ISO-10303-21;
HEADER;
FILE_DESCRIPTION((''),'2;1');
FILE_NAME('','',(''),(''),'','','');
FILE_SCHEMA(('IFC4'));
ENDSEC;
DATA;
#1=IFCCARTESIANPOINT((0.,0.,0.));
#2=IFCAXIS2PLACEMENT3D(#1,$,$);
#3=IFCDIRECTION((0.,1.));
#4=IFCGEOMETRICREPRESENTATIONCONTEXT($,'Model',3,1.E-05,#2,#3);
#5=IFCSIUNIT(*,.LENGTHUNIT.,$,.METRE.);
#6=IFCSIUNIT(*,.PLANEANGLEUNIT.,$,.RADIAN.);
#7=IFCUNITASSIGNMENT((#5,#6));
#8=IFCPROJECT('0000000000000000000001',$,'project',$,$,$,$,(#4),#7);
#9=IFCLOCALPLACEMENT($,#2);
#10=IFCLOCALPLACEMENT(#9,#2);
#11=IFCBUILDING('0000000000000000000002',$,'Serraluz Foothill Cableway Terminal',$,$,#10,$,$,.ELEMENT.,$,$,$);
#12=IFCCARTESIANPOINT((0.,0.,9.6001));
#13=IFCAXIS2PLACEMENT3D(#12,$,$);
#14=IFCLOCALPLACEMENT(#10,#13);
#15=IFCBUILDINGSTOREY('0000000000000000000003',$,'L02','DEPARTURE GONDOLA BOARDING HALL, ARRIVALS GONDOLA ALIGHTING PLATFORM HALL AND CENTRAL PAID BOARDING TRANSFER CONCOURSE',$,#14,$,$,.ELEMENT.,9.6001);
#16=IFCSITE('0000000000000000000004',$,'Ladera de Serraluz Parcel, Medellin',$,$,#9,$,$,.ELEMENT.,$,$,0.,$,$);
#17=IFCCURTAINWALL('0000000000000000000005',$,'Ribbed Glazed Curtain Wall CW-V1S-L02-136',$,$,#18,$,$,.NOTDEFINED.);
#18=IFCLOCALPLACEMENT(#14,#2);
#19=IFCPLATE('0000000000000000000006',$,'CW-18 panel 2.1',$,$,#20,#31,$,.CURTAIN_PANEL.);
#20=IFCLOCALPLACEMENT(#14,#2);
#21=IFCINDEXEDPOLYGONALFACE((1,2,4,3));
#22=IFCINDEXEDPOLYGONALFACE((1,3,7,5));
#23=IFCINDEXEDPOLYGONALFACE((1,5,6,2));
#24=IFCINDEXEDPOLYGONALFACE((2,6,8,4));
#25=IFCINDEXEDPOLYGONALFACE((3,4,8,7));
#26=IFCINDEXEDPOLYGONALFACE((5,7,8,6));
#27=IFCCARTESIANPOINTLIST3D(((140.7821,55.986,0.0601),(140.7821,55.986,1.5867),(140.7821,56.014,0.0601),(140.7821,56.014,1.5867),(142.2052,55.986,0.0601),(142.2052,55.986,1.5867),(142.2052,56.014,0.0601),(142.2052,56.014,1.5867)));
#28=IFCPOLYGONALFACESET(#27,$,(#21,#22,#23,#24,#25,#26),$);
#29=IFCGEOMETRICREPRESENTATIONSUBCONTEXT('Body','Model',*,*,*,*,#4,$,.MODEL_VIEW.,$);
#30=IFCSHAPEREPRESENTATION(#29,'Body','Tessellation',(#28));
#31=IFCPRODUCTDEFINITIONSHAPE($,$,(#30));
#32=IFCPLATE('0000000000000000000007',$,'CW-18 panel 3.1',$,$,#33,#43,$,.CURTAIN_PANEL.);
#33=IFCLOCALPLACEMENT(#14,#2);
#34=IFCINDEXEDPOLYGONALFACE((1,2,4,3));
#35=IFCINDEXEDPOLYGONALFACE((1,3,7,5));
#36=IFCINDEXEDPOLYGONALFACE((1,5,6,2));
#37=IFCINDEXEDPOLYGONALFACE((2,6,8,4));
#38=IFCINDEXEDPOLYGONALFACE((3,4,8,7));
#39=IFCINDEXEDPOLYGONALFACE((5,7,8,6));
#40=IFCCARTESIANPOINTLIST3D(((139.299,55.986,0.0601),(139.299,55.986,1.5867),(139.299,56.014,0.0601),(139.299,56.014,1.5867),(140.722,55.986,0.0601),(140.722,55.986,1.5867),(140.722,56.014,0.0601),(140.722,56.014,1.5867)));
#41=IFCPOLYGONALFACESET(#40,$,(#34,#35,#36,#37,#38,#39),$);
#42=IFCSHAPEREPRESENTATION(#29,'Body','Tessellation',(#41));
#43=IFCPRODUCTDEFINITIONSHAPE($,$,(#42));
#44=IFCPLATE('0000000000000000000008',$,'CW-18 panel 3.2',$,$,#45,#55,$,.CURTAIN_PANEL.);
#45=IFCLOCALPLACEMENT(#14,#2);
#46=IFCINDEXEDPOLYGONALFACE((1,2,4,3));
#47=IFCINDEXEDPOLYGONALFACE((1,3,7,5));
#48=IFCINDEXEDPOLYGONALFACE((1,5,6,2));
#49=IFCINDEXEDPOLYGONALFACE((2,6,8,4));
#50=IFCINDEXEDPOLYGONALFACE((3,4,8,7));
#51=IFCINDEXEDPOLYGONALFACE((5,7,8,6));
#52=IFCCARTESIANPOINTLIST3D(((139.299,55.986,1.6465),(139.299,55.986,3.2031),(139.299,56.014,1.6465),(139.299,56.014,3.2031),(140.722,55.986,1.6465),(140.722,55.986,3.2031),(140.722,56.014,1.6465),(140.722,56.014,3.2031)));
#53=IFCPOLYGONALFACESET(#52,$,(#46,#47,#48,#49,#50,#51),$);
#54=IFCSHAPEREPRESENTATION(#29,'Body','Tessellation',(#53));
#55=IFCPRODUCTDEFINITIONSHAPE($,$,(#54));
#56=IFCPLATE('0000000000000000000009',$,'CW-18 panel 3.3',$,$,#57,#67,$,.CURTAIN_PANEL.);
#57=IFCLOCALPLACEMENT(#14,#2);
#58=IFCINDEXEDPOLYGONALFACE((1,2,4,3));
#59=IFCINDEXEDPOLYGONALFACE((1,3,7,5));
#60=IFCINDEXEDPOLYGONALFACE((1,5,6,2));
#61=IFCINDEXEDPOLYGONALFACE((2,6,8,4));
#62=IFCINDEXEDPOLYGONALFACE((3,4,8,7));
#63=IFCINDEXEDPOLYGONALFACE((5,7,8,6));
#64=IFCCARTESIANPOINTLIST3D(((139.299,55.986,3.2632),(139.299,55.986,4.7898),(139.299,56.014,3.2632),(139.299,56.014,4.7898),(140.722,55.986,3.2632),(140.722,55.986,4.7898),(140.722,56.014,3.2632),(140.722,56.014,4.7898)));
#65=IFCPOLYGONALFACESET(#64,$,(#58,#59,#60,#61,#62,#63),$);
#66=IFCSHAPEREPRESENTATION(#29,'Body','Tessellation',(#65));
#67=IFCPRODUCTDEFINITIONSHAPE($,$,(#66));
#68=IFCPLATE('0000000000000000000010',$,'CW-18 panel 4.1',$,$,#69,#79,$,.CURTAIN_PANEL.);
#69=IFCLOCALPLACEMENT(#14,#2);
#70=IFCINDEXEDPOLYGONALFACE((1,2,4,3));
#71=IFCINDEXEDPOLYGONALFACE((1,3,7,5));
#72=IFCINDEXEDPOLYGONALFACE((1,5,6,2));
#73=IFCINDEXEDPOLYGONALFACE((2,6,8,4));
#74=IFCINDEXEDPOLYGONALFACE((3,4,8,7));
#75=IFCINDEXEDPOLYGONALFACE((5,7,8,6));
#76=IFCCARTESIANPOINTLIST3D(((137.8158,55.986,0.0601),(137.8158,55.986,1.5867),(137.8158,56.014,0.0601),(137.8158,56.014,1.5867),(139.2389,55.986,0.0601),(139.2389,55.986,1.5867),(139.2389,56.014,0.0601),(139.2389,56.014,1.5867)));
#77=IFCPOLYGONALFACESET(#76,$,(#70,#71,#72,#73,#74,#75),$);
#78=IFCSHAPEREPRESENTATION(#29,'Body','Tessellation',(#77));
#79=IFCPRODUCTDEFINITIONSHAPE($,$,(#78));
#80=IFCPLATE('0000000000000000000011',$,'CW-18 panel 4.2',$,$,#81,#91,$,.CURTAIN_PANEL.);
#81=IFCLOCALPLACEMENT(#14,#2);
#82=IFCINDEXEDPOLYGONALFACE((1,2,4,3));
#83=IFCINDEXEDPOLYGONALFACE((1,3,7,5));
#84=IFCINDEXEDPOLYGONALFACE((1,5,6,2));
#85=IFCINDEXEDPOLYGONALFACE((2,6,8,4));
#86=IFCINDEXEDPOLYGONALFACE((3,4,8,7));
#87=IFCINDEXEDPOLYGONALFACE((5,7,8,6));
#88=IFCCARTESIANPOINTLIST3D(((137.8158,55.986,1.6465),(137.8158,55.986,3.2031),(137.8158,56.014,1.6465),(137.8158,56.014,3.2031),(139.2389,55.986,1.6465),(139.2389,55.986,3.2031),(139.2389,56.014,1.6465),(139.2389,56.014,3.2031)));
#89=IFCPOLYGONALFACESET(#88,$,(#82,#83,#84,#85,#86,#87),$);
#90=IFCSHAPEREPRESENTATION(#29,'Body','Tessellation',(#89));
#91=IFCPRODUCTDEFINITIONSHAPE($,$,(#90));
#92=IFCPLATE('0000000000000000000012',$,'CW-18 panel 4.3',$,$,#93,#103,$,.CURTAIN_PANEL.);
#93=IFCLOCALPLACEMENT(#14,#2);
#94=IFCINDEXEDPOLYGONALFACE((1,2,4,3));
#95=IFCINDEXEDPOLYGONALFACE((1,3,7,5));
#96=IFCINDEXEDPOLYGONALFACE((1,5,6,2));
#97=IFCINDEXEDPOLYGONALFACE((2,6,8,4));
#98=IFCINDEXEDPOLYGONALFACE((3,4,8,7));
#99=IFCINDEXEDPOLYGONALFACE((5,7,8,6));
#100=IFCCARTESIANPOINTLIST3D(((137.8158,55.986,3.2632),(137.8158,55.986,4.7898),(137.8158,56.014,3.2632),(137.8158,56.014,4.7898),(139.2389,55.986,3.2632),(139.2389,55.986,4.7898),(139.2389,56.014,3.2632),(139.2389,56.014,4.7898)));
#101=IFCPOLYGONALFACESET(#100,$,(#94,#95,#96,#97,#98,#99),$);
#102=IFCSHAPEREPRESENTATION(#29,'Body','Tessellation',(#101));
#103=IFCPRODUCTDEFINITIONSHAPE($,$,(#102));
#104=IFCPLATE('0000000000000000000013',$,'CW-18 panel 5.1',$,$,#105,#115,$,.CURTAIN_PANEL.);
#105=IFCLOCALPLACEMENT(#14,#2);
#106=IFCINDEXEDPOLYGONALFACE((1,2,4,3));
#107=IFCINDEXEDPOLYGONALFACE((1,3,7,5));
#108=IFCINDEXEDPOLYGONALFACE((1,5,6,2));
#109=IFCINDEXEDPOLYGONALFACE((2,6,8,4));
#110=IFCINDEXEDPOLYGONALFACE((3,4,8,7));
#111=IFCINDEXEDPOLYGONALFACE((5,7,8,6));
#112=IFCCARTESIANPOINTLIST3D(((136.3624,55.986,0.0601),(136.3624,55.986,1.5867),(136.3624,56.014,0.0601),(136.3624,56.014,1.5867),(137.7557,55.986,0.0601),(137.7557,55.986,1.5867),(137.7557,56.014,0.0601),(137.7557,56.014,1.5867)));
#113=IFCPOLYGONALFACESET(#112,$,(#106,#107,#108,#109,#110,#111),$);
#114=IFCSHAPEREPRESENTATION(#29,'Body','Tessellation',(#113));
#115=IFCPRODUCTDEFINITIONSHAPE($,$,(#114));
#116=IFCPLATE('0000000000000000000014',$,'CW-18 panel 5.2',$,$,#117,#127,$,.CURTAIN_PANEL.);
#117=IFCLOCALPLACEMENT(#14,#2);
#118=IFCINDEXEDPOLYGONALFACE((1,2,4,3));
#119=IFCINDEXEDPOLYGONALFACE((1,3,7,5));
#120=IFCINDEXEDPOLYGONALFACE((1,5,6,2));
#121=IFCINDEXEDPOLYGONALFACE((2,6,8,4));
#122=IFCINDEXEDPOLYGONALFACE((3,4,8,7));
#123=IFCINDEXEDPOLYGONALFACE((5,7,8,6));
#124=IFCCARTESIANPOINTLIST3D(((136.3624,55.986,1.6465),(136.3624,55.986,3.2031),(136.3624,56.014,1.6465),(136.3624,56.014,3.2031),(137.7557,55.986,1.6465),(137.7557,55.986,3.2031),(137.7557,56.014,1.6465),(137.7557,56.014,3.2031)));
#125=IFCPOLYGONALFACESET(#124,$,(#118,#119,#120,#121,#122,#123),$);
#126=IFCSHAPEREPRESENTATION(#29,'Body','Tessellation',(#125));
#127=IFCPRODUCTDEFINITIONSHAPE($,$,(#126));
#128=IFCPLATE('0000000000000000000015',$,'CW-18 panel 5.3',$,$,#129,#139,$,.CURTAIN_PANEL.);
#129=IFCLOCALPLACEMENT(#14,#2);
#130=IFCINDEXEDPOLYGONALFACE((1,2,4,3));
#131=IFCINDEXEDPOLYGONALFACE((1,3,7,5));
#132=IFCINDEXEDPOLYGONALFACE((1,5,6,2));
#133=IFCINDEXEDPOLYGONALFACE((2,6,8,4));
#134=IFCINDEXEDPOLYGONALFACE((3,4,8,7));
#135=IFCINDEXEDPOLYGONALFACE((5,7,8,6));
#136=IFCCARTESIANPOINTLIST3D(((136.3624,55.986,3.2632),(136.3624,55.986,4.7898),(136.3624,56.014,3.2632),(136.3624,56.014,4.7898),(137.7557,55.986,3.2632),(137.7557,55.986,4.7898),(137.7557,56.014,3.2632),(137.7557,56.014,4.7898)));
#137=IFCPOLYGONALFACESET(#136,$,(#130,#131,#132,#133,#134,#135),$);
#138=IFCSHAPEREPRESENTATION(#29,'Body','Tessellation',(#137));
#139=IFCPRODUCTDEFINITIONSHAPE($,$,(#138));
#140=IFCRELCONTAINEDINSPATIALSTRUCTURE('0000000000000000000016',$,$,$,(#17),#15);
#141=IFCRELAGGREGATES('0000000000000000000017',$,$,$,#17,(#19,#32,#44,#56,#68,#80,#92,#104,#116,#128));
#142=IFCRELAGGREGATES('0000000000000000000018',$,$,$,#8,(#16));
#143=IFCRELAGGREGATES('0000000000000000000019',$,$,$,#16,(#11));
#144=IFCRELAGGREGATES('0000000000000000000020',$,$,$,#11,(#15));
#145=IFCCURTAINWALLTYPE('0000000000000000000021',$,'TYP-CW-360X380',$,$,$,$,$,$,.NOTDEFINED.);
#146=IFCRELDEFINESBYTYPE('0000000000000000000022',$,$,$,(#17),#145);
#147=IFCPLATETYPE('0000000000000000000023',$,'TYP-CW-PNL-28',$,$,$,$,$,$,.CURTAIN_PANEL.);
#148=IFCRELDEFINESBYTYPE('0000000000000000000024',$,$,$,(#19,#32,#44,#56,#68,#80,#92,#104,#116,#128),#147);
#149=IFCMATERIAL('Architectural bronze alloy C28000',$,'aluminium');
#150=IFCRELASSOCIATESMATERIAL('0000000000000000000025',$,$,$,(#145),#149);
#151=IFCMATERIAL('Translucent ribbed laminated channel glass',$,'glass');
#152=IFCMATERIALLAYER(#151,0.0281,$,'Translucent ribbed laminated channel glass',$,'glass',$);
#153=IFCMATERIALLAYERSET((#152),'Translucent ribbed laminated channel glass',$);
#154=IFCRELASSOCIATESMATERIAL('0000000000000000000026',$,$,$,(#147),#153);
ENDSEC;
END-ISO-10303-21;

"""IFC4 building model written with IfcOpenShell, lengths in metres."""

from ifc_helpers import new_model, si_unit, direction, frame, origin, origin_2d, place, context, subcontext, project, spatial, rectangle, extrude, material, layer, layer_set, type_object, element, aggregate, save


model = new_model("IFC4")

# Units and contexts
model_context = context("Model", 3, precision=1e-05, world=origin(), true_north=direction((0.0, 1.0)))
body_context = subcontext(model_context, "Body", "Model", "MODEL_VIEW")
ifc_project = project(units=[si_unit("LENGTHUNIT", "METRE"), si_unit("PLANEANGLEUNIT", "RADIAN")], contexts=[model_context])

# Site, building, storey
site_placement = place(None, origin())
site = spatial("IfcSite", under=ifc_project, at=site_placement, Name="Ladera de Serraluz Parcel, Medellin", CompositionType="ELEMENT", RefElevation=0.0)
building_placement = place(site_placement, origin())
building = spatial("IfcBuilding", under=site, at=building_placement, Name="Serraluz Foothill Cableway Terminal", CompositionType="ELEMENT")
storey_placement = place(building_placement, frame((0.0, 0.0, 9.6001)))
storey = spatial("IfcBuildingStorey", under=building, at=storey_placement, Name="L02", Description="DEPARTURE GONDOLA BOARDING HALL, ARRIVALS GONDOLA ALIGHTING PLATFORM HALL AND CENTRAL PAID BOARDING TRANSFER CONCOURSE", CompositionType="ELEMENT", Elevation=9.6001)

# Curtain wall, plates
ifc_material_1 = material(Name="Architectural bronze alloy C28000", Category="aluminium")
curtain_wall_type = type_object("IfcCurtainWallType", Name="TYP-CW-360X380", PredefinedType="NOTDEFINED", material=ifc_material_1)
curtain_wall_placement = place(storey_placement, origin())
curtain_wall = element("IfcCurtainWall", 1, at=curtain_wall_placement, inside=storey, type_object=curtain_wall_type, Name="Ribbed Glazed Curtain Wall CW-V1S-L02-136", PredefinedType="NOTDEFINED")
ifc_material_2 = material(Name="Translucent ribbed laminated channel glass", Category="glass")
ifc_layer_1 = layer(ifc_material_2, 0.0281, Name="Translucent ribbed laminated channel glass", Category="glass")
ifc_layer_set_1 = layer_set([ifc_layer_1], Name="Translucent ribbed laminated channel glass")
plate_type = type_object("IfcPlateType", Name="TYP-CW-PNL-28", PredefinedType="CURTAIN_PANEL", material=ifc_layer_set_1)
plate_1_placement = place(storey_placement, frame((141.4937, 56.0, 0.0601), z_axis=(0.0, 0.0, 1.0), x_axis=(-1.0, 0.0, 0.0)))
plate_1 = element("IfcPlate", 2, at=plate_1_placement, type_object=plate_type, Name="CW-18 panel 2.1", PredefinedType="CURTAIN_PANEL", context=body_context, shape_type="SweptSolid", body=[
    extrude(rectangle(XDim=1.4231, YDim=0.0281, at=origin_2d()), origin(), (0.0, 0.0, 1.0), 1.5266),
])
plate_2_placement = place(storey_placement, frame((140.0105, 56.0, 0.0601), z_axis=(0.0, 0.0, 1.0), x_axis=(-1.0, 0.0, 0.0)))
plate_2 = element("IfcPlate", 3, at=plate_2_placement, type_object=plate_type, Name="CW-18 panel 3.1", PredefinedType="CURTAIN_PANEL", context=body_context, shape_type="SweptSolid", body=[
    extrude(rectangle(XDim=1.4231, YDim=0.0281, at=origin_2d()), origin(), (0.0, 0.0, 1.0), 1.5266),
])
plate_3_placement = place(storey_placement, frame((140.0105, 56.0, 1.6465), z_axis=(0.0, 0.0, 1.0), x_axis=(-1.0, 0.0, 0.0)))
plate_3 = element("IfcPlate", 4, at=plate_3_placement, type_object=plate_type, Name="CW-18 panel 3.2", PredefinedType="CURTAIN_PANEL", context=body_context, shape_type="SweptSolid", body=[
    extrude(rectangle(XDim=1.4231, YDim=0.0281, at=origin_2d()), origin(), (0.0, 0.0, 1.0), 1.5566),
])
plate_4_placement = place(storey_placement, frame((140.0105, 56.0, 3.2632), z_axis=(0.0, 0.0, 1.0), x_axis=(-1.0, 0.0, 0.0)))
plate_4 = element("IfcPlate", 5, at=plate_4_placement, type_object=plate_type, Name="CW-18 panel 3.3", PredefinedType="CURTAIN_PANEL", context=body_context, shape_type="SweptSolid", body=[
    extrude(rectangle(XDim=1.4231, YDim=0.0281, at=origin_2d()), origin(), (0.0, 0.0, 1.0), 1.5266),
])
plate_5_placement = place(storey_placement, frame((138.5273, 56.0, 0.0601), z_axis=(0.0, 0.0, 1.0), x_axis=(-1.0, 0.0, 0.0)))
plate_5 = element("IfcPlate", 6, at=plate_5_placement, type_object=plate_type, Name="CW-18 panel 4.1", PredefinedType="CURTAIN_PANEL", context=body_context, shape_type="SweptSolid", body=[
    extrude(rectangle(XDim=1.4231, YDim=0.0281, at=origin_2d()), origin(), (0.0, 0.0, 1.0), 1.5266),
])
plate_6_placement = place(storey_placement, frame((138.5273, 56.0, 1.6465), z_axis=(0.0, 0.0, 1.0), x_axis=(-1.0, 0.0, 0.0)))
plate_6 = element("IfcPlate", 7, at=plate_6_placement, type_object=plate_type, Name="CW-18 panel 4.2", PredefinedType="CURTAIN_PANEL", context=body_context, shape_type="SweptSolid", body=[
    extrude(rectangle(XDim=1.4231, YDim=0.0281, at=origin_2d()), origin(), (0.0, 0.0, 1.0), 1.5566),
])
plate_7_placement = place(storey_placement, frame((138.5273, 56.0, 3.2632), z_axis=(0.0, 0.0, 1.0), x_axis=(-1.0, 0.0, 0.0)))
plate_7 = element("IfcPlate", 8, at=plate_7_placement, type_object=plate_type, Name="CW-18 panel 4.3", PredefinedType="CURTAIN_PANEL", context=body_context, shape_type="SweptSolid", body=[
    extrude(rectangle(XDim=1.4231, YDim=0.0281, at=origin_2d()), origin(), (0.0, 0.0, 1.0), 1.5266),
])
plate_8_placement = place(storey_placement, frame((137.0591, 56.0, 0.0601), z_axis=(0.0, 0.0, 1.0), x_axis=(-1.0, 0.0, 0.0)))
plate_8 = element("IfcPlate", 9, at=plate_8_placement, type_object=plate_type, Name="CW-18 panel 5.1", PredefinedType="CURTAIN_PANEL", context=body_context, shape_type="SweptSolid", body=[
    extrude(rectangle(XDim=1.3933, YDim=0.0281, at=origin_2d()), origin(), (0.0, 0.0, 1.0), 1.5266),
])
plate_9_placement = place(storey_placement, frame((137.0591, 56.0, 1.6465), z_axis=(0.0, 0.0, 1.0), x_axis=(-1.0, 0.0, 0.0)))
plate_9 = element("IfcPlate", 10, at=plate_9_placement, type_object=plate_type, Name="CW-18 panel 5.2", PredefinedType="CURTAIN_PANEL", context=body_context, shape_type="SweptSolid", body=[
    extrude(rectangle(XDim=1.3933, YDim=0.0281, at=origin_2d()), origin(), (0.0, 0.0, 1.0), 1.5566),
])
plate_10_placement = place(storey_placement, frame((137.0591, 56.0, 3.2632), z_axis=(0.0, 0.0, 1.0), x_axis=(-1.0, 0.0, 0.0)))
plate_10 = element("IfcPlate", 11, at=plate_10_placement, type_object=plate_type, Name="CW-18 panel 5.3", PredefinedType="CURTAIN_PANEL", context=body_context, shape_type="SweptSolid", body=[
    extrude(rectangle(XDim=1.3933, YDim=0.0281, at=origin_2d()), origin(), (0.0, 0.0, 1.0), 1.5266),
])
aggregate(curtain_wall, [plate_1, plate_2, plate_3, plate_4, plate_5, plate_6, plate_7, plate_8, plate_9, plate_10])

save(model, "model.ifc")
